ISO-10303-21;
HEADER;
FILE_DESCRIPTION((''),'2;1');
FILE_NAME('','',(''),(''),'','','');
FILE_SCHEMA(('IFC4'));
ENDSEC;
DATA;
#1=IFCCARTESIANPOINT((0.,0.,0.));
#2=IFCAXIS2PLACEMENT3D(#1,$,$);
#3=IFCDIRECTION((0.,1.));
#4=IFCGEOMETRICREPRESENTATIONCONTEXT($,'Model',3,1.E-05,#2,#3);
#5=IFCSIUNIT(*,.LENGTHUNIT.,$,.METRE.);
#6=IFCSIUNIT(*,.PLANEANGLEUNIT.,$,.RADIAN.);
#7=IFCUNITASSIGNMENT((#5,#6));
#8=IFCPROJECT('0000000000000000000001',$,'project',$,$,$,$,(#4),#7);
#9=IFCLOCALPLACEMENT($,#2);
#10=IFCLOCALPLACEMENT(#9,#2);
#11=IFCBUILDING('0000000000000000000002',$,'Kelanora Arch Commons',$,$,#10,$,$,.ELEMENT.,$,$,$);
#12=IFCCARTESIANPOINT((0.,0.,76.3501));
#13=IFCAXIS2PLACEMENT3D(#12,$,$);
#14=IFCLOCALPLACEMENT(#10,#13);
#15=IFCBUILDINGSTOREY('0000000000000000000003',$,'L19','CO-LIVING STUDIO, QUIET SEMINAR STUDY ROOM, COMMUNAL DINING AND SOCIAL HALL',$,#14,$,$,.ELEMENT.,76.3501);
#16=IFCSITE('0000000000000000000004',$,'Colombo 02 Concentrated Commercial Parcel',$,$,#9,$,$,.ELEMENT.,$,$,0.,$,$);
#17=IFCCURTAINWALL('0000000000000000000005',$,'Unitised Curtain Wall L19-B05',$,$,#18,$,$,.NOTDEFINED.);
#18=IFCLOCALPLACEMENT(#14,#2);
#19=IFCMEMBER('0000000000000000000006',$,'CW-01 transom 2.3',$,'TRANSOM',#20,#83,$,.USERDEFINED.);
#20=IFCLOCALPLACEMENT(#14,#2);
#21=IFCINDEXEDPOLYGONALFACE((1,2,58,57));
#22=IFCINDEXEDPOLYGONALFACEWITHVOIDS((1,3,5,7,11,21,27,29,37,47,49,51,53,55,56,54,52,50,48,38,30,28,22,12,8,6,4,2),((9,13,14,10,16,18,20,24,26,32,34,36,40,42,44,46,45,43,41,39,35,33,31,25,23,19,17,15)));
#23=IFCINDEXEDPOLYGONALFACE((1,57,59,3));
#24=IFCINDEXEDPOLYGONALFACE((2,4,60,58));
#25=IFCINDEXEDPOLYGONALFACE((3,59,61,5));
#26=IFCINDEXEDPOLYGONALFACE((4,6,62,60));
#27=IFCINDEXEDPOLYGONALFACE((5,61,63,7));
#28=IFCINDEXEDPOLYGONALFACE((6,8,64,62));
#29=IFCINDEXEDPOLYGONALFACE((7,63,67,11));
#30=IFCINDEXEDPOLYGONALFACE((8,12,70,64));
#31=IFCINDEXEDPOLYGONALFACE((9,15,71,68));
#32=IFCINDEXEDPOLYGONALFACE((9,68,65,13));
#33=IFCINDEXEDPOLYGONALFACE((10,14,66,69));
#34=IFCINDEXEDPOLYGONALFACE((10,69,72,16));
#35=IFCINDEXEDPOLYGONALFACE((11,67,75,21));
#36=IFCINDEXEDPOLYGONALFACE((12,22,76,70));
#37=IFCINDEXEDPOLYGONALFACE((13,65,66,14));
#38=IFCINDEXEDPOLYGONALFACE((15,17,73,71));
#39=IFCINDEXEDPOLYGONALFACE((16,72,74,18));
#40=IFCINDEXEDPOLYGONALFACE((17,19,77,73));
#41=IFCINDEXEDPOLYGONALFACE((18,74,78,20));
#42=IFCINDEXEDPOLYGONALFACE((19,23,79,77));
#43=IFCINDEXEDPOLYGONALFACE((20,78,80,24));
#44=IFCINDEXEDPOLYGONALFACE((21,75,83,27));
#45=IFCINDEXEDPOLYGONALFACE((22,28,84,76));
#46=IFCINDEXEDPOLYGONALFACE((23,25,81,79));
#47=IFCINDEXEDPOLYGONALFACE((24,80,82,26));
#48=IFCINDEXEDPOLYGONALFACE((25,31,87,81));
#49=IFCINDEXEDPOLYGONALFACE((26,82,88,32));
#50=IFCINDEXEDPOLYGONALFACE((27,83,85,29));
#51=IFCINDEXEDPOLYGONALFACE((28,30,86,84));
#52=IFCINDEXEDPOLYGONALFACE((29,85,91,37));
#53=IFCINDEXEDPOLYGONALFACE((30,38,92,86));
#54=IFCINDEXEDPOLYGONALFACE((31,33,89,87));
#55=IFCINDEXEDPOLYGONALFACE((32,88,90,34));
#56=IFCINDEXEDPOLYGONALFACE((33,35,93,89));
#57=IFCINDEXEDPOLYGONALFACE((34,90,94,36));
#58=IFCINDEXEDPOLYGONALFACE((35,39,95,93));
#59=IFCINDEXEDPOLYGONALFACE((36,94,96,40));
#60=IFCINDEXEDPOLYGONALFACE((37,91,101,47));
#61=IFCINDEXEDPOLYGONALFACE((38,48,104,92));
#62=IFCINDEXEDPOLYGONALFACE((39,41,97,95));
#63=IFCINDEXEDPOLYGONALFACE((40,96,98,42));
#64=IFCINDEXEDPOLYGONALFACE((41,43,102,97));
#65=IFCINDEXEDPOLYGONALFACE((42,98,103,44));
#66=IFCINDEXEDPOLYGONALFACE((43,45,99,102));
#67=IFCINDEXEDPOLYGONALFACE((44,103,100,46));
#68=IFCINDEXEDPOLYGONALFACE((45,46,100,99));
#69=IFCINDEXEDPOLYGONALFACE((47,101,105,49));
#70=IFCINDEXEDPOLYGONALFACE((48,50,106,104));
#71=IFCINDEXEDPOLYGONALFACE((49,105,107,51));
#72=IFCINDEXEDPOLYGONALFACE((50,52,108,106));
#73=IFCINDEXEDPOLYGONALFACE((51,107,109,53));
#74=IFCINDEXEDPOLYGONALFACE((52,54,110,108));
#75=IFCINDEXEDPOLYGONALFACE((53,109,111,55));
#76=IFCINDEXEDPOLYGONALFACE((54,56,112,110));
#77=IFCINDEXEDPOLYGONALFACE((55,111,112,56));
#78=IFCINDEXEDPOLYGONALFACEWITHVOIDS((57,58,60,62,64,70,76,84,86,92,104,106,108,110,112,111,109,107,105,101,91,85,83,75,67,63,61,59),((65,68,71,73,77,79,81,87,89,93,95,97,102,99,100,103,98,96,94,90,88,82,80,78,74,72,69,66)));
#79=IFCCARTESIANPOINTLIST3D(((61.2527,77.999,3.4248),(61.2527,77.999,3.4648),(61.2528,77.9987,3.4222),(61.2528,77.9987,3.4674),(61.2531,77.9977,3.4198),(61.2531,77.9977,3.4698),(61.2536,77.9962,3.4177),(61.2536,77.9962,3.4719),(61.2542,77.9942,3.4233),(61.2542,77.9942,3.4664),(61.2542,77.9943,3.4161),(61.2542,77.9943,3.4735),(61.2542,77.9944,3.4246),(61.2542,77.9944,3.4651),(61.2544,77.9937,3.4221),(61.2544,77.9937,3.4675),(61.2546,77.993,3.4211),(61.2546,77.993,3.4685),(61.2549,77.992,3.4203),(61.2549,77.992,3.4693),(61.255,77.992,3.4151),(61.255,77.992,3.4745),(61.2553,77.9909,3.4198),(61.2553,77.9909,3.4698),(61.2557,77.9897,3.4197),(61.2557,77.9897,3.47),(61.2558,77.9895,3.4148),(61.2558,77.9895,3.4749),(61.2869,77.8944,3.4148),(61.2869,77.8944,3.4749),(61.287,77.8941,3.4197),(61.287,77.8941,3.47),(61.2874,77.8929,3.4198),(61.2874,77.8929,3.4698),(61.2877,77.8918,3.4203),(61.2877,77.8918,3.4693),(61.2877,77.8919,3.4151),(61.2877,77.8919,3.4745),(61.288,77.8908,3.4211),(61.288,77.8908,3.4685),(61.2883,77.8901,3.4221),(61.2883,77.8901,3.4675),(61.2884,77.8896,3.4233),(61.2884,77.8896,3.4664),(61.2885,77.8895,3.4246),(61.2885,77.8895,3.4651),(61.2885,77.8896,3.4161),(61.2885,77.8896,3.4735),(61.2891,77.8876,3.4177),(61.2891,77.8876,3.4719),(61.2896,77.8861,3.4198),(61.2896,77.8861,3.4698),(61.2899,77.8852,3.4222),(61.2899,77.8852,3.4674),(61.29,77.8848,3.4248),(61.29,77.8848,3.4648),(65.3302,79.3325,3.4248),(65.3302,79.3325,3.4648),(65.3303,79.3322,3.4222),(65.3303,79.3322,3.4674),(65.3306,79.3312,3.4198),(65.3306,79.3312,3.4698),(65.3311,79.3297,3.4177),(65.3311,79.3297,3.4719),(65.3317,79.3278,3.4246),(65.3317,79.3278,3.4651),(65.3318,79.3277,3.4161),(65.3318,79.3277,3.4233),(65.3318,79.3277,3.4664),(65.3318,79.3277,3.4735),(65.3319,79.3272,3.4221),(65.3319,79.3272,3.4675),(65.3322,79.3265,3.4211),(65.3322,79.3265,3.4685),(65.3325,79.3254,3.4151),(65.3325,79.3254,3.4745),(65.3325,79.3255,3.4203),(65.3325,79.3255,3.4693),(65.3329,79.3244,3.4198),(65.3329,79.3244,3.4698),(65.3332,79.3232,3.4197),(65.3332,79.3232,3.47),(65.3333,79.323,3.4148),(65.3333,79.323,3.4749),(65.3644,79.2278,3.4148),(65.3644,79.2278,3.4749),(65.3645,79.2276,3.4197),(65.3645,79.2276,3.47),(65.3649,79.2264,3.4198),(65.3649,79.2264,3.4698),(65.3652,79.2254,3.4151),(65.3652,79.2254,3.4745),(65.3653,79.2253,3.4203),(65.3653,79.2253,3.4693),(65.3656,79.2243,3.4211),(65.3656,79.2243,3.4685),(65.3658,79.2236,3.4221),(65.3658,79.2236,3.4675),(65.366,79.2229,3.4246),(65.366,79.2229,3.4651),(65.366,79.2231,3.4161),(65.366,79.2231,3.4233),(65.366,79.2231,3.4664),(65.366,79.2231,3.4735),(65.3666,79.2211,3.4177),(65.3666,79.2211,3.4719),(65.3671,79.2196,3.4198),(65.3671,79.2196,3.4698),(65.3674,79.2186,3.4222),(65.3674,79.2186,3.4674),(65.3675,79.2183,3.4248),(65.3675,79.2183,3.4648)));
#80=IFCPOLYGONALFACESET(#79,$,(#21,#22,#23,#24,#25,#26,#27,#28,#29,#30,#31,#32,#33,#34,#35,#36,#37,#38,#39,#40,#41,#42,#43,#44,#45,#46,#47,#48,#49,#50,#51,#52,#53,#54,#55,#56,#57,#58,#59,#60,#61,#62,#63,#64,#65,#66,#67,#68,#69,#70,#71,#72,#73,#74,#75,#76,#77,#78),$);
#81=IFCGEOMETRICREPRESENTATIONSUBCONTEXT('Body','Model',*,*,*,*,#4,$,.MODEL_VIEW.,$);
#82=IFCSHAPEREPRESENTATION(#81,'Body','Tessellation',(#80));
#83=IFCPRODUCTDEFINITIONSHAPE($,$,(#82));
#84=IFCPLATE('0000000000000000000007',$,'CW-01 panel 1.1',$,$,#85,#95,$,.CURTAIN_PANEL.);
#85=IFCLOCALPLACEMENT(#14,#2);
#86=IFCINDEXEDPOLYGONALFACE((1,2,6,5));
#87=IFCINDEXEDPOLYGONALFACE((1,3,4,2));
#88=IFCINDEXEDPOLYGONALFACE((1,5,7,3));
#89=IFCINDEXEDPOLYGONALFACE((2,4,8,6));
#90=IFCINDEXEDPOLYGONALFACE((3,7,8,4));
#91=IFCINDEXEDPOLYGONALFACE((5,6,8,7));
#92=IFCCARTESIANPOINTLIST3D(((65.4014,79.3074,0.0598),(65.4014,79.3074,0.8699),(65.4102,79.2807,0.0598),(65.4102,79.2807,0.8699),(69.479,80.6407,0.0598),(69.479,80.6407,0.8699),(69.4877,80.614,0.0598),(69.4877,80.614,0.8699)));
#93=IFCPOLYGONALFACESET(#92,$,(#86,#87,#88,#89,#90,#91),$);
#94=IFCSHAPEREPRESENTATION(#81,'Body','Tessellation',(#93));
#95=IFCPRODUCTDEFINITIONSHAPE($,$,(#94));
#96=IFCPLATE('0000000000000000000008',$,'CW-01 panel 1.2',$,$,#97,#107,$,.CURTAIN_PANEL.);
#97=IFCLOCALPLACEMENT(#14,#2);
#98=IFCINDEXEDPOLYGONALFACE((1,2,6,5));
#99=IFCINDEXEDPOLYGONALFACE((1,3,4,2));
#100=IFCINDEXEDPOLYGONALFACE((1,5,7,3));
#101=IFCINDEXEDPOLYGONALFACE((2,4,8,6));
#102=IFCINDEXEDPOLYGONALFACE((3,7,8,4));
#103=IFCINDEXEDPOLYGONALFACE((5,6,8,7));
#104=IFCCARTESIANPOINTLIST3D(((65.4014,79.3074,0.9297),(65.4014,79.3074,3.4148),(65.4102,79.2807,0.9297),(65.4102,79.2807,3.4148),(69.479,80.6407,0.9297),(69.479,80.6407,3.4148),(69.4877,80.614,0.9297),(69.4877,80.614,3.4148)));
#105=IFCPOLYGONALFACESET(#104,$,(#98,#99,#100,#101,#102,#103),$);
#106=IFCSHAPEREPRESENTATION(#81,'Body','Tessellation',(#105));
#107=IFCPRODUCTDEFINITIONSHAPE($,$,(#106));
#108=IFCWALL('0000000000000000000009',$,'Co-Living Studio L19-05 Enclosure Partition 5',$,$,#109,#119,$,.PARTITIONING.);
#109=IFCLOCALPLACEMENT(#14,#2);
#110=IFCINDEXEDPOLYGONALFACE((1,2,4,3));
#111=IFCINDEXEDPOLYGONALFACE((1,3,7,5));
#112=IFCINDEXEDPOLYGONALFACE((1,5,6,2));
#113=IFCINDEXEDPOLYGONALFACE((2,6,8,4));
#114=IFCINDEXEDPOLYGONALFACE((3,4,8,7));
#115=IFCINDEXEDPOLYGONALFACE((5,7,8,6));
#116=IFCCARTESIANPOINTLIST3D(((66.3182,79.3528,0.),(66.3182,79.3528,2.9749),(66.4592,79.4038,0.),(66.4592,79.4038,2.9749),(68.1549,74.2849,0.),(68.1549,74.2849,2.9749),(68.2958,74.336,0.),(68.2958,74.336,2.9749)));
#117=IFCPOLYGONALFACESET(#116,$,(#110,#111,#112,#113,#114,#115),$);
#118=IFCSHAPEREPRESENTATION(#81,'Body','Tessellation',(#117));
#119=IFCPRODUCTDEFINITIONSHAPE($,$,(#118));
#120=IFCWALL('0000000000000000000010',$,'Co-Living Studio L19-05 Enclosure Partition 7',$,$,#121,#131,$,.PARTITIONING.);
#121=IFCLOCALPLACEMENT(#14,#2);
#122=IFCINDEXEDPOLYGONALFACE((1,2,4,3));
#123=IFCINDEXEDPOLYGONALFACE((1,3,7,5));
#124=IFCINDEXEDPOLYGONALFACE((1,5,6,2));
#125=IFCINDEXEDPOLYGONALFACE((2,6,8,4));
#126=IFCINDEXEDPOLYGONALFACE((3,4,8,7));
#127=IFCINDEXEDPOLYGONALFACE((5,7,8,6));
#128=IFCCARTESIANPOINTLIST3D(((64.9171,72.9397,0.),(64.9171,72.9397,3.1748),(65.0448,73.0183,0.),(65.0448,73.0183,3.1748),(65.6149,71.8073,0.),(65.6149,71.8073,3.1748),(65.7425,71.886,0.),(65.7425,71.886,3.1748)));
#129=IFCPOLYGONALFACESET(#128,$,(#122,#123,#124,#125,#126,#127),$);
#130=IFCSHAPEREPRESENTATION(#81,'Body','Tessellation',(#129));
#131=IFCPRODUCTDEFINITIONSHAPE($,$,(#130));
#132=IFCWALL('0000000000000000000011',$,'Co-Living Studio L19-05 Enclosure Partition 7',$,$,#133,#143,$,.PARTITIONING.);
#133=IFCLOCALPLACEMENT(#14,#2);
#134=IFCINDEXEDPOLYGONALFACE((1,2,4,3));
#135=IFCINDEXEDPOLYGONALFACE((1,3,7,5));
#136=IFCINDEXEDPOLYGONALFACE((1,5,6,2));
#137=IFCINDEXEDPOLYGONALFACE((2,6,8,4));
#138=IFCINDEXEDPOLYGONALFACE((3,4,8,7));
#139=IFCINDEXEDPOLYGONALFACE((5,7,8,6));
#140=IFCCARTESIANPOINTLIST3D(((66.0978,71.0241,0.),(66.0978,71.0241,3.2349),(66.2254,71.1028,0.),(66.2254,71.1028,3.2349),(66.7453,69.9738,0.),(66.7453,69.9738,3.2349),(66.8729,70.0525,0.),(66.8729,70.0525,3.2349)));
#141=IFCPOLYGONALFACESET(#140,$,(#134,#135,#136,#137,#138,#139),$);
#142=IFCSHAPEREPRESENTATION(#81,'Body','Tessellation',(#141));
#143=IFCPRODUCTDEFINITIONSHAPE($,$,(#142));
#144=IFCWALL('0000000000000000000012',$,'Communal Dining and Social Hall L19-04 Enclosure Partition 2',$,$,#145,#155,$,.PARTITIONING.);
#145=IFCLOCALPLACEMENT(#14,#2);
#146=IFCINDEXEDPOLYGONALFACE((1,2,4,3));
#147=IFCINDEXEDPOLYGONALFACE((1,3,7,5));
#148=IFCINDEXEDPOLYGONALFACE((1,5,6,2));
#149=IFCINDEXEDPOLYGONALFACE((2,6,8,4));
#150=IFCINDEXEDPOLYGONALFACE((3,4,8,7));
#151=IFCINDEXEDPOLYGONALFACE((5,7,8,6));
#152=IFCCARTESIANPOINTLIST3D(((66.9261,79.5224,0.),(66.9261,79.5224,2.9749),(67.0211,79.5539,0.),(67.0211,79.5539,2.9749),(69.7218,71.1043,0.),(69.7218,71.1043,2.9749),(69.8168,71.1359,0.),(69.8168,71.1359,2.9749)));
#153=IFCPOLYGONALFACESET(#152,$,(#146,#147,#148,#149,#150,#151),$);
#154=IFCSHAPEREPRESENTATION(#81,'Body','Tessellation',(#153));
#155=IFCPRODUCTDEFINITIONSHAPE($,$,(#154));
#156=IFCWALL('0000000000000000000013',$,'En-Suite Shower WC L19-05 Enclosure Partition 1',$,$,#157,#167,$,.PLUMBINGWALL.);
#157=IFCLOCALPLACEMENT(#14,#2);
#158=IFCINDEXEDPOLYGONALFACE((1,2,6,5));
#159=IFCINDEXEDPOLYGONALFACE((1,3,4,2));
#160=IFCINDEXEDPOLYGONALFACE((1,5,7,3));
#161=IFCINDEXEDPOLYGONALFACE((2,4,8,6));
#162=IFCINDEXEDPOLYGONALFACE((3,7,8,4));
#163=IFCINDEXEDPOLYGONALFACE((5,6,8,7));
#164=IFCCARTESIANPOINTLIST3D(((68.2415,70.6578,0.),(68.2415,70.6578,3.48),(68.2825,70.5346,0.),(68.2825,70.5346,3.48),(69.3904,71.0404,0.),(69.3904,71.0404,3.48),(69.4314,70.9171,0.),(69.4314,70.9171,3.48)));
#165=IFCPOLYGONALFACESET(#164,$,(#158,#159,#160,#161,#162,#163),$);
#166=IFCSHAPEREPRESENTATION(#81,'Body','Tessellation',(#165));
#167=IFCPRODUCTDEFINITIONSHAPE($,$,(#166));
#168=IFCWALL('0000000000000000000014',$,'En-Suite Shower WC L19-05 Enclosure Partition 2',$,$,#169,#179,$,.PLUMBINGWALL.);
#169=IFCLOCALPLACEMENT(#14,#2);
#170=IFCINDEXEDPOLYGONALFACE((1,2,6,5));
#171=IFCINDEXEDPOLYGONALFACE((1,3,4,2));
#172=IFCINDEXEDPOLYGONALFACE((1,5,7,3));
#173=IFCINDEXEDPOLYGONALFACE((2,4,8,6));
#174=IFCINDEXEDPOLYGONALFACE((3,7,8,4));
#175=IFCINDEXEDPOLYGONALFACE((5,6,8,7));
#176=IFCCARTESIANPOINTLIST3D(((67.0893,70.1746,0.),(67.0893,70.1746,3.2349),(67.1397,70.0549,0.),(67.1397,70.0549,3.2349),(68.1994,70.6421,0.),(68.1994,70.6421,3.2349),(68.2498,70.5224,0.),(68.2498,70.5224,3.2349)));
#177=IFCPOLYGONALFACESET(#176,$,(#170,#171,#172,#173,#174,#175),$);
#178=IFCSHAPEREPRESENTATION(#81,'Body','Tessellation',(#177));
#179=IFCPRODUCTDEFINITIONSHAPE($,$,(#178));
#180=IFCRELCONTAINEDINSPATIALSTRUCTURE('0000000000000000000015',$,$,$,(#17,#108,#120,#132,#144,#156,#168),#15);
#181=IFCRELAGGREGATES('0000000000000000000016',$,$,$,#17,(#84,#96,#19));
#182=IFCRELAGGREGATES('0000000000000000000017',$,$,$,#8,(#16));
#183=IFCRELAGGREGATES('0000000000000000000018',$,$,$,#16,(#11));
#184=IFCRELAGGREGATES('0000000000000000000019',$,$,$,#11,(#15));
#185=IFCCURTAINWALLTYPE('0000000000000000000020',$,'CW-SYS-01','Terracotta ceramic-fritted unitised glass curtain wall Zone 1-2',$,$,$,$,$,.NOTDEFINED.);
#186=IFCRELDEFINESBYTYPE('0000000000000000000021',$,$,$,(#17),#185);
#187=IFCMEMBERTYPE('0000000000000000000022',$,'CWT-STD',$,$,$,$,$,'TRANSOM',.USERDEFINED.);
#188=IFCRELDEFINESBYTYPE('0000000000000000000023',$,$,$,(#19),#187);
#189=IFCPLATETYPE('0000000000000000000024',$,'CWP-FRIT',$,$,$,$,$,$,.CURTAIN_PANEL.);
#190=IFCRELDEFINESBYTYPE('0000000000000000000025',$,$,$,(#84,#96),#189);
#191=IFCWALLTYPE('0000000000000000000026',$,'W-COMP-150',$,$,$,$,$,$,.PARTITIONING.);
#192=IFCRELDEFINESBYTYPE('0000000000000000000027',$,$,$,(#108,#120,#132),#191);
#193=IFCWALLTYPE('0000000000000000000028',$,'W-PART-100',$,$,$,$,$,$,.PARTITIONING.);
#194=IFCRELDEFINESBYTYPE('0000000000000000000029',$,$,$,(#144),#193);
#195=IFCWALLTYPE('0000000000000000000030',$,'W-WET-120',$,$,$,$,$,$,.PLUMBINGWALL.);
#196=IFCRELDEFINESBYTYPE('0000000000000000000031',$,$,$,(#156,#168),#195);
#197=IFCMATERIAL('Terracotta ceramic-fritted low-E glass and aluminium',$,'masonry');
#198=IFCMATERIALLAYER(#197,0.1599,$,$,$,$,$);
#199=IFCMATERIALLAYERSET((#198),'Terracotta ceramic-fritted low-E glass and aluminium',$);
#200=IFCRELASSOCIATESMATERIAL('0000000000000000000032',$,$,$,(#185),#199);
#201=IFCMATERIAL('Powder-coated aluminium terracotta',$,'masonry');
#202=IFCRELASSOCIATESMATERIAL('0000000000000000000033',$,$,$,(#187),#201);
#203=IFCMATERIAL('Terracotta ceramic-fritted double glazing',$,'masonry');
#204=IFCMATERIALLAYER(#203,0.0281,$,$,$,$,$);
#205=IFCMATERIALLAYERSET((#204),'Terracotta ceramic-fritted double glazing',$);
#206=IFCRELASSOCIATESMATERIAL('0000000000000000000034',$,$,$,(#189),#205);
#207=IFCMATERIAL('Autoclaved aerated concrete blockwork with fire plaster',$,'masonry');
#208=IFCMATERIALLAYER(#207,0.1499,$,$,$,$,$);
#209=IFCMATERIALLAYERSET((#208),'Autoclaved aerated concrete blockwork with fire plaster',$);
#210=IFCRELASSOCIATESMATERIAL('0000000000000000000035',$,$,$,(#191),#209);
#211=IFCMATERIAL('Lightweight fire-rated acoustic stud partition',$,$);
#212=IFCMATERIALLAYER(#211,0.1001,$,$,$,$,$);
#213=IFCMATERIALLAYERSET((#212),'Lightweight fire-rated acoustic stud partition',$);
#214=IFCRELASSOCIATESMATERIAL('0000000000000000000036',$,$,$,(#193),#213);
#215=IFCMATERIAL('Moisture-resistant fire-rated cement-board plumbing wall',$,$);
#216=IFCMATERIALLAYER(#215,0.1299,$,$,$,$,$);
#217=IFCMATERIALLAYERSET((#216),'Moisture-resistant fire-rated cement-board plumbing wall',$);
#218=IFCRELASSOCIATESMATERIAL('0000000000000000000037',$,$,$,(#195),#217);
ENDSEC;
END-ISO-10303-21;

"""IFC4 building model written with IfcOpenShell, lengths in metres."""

from ifc_helpers import new_model, si_unit, direction, frame, frame_2d, origin, origin_2d, place, context, subcontext, project, spatial, rectangle, hollow_rectangle, extrude, source, transform, mapped, material, layer, layer_set, material_profile, profile_set, type_object, element, aggregate, save


model = new_model("IFC4")

# Units and contexts
model_context = context("Model", 3, precision=1e-05, world=origin(), true_north=direction((0.0, 1.0)))
body_context = subcontext(model_context, "Body", "Model", "MODEL_VIEW")
ifc_project = project(units=[si_unit("LENGTHUNIT", "METRE"), si_unit("PLANEANGLEUNIT", "RADIAN")], contexts=[model_context])

# Site, building, storey
site_placement = place(None, origin())
site = spatial("IfcSite", under=ifc_project, at=site_placement, Name="Colombo 02 Concentrated Commercial Parcel", CompositionType="ELEMENT", RefElevation=0.0)
building_placement = place(site_placement, origin())
building = spatial("IfcBuilding", under=site, at=building_placement, Name="Kelanora Arch Commons", CompositionType="ELEMENT")
storey_placement = place(building_placement, frame((0.0, 0.0, 76.3501)))
storey = spatial("IfcBuildingStorey", under=building, at=storey_placement, Name="L19", Description="CO-LIVING STUDIO, QUIET SEMINAR STUDY ROOM, COMMUNAL DINING AND SOCIAL HALL", CompositionType="ELEMENT", Elevation=76.3501)

# Curtain wall, member, plates
ifc_material_1 = material(Name="Terracotta ceramic-fritted low-E glass and aluminium", Category="masonry")
ifc_layer_1 = layer(ifc_material_1, 0.1599)
ifc_layer_set_1 = layer_set([ifc_layer_1], Name="Terracotta ceramic-fritted low-E glass and aluminium")
curtain_wall_type = type_object("IfcCurtainWallType", Name="CW-SYS-01", Description="Terracotta ceramic-fritted unitised glass curtain wall Zone 1-2", PredefinedType="NOTDEFINED", material=ifc_layer_set_1)
curtain_wall_placement = place(storey_placement, origin())
curtain_wall = element("IfcCurtainWall", 1, at=curtain_wall_placement, inside=storey, type_object=curtain_wall_type, Name="Unitised Curtain Wall L19-B05", PredefinedType="NOTDEFINED")
ifc_material_2 = material(Name="Powder-coated aluminium terracotta", Category="masonry")
ifc_material_profile_1 = material_profile(ifc_material_2, hollow_rectangle(XDim=0.1201, YDim=0.0601, WallThickness=0.0049, InnerFilletRadius=0.0049, OuterFilletRadius=0.01, at=origin_2d()), Name="CWT120x60")
ifc_profile_set_1 = profile_set([ifc_material_profile_1], Name="Powder-coated aluminium terracotta")
member_type_1 = type_object("IfcMemberType", Name="CWT-STD", ElementType="TRANSOM", PredefinedType="USERDEFINED", material=ifc_profile_set_1)
member_1_placement = place(storey_placement, frame((65.3489, 79.2754, 3.4448), z_axis=(-0.950466, -0.310828, 0.0), x_axis=(0.310828, -0.950466, 0.0)))
member_1 = element("IfcMember", 2, at=member_1_placement, type_object=member_type_1, Name="CW-01 transom 2.3", ObjectType="TRANSOM", PredefinedType="USERDEFINED", context=body_context, shape_type="SweptSolid", body=[
    extrude(hollow_rectangle(XDim=0.1201, YDim=0.0601, WallThickness=0.0049, InnerFilletRadius=0.0049, OuterFilletRadius=0.01, at=origin_2d()), origin(), (0.0, 0.0, 1.0), 4.29),
])
ifc_material_3 = material(Name="Terracotta ceramic-fritted double glazing", Category="masonry")
ifc_layer_2 = layer(ifc_material_3, 0.0281)
ifc_layer_set_2 = layer_set([ifc_layer_2], Name="Terracotta ceramic-fritted double glazing")
plate_type = type_object("IfcPlateType", Name="CWP-FRIT", PredefinedType="CURTAIN_PANEL", material=ifc_layer_set_2)
shared_shape_1 = source(origin(), body_context, "Body", "SweptSolid", [
    extrude(rectangle(XDim=4.29, YDim=0.0281, at=origin_2d()), origin(), (0.0, 0.0, 1.0), 0.8101),
])
plate_1_placement = place(storey_placement, frame((67.4446, 79.9607, 0.0598), z_axis=(0.0, 0.0, 1.0), x_axis=(-0.950474, -0.310805, 0.0)))
plate_1 = element("IfcPlate", 3, at=plate_1_placement, type_object=plate_type, Name="CW-01 panel 1.1", PredefinedType="CURTAIN_PANEL", context=body_context, shape_type="MappedRepresentation", body=[
    mapped(shared_shape_1, transform((0.0, 0.0, 0.0), scale=1.0)),
])
shared_shape_2 = source(origin(), body_context, "Body", "SweptSolid", [
    extrude(rectangle(XDim=4.29, YDim=0.0281, at=origin_2d()), origin(), (0.0, 0.0, 1.0), 2.4851),
])
plate_2_placement = place(storey_placement, frame((67.4446, 79.9607, 0.9297), z_axis=(0.0, 0.0, 1.0), x_axis=(-0.950474, -0.310805, 0.0)))
plate_2 = element("IfcPlate", 4, at=plate_2_placement, type_object=plate_type, Name="CW-01 panel 1.2", PredefinedType="CURTAIN_PANEL", context=body_context, shape_type="MappedRepresentation", body=[
    mapped(shared_shape_2, transform((0.0, 0.0, 0.0), scale=1.0)),
])
aggregate(curtain_wall, [plate_1, plate_2, member_1])

# Walls
ifc_material_4 = material(Name="Autoclaved aerated concrete blockwork with fire plaster", Category="masonry")
ifc_layer_3 = layer(ifc_material_4, 0.1499)
ifc_layer_set_3 = layer_set([ifc_layer_3], Name="Autoclaved aerated concrete blockwork with fire plaster")
wall_type_1 = type_object("IfcWallType", Name="W-COMP-150", PredefinedType="PARTITIONING", material=ifc_layer_set_3)
wall_1_placement = place(storey_placement, frame((66.3887, 79.3784, 0.0), z_axis=(0.0, 0.0, 1.0), x_axis=(0.340728, -0.940162, 0.0)))
element("IfcWall", 5, at=wall_1_placement, inside=storey, type_object=wall_type_1, Name="Co-Living Studio L19-05 Enclosure Partition 5", PredefinedType="PARTITIONING", context=body_context, shape_type="SweptSolid", body=[
    extrude(rectangle(XDim=5.3904, YDim=0.1499, at=frame_2d((2.6953, 0.0))), origin(), (0.0, 0.0, 1.0), 2.9749),
])
wall_2_placement = place(storey_placement, frame((64.981, 72.979, 0.0), z_axis=(0.0, 0.0, 1.0), x_axis=(0.524609, -0.851343, 0.0)))
element("IfcWall", 6, at=wall_2_placement, inside=storey, type_object=wall_type_1, Name="Co-Living Studio L19-05 Enclosure Partition 7", PredefinedType="PARTITIONING", context=body_context, shape_type="SweptSolid", body=[
    extrude(rectangle(XDim=1.3301, YDim=0.1499, at=frame_2d((0.665, 0.0))), origin(), (0.0, 0.0, 1.0), 3.1748),
])
wall_3_placement = place(storey_placement, frame((66.1616, 71.0635, 0.0), z_axis=(0.0, 0.0, 1.0), x_axis=(0.52476, -0.85125, 0.0)))
element("IfcWall", 7, at=wall_3_placement, inside=storey, type_object=wall_type_1, Name="Co-Living Studio L19-05 Enclosure Partition 7", PredefinedType="PARTITIONING", context=body_context, shape_type="SweptSolid", body=[
    extrude(rectangle(XDim=1.2339, YDim=0.1499, at=frame_2d((0.6169, 0.0))), origin(), (0.0, 0.0, 1.0), 3.2349),
])
ifc_material_5 = material(Name="Lightweight fire-rated acoustic stud partition")
ifc_layer_4 = layer(ifc_material_5, 0.1001)
ifc_layer_set_4 = layer_set([ifc_layer_4], Name="Lightweight fire-rated acoustic stud partition")
wall_type_2 = type_object("IfcWallType", Name="W-PART-100", PredefinedType="PARTITIONING", material=ifc_layer_set_4)
wall_4_placement = place(storey_placement, frame((69.7693, 71.1201, 0.0), z_axis=(0.0, 0.0, 1.0), x_axis=(-0.315179, 0.949032, 0.0)))
element("IfcWall", 8, at=wall_4_placement, inside=storey, type_object=wall_type_2, Name="Communal Dining and Social Hall L19-04 Enclosure Partition 2", PredefinedType="PARTITIONING", context=body_context, shape_type="SweptSolid", body=[
    extrude(rectangle(XDim=8.8701, YDim=0.1001, at=frame_2d((4.4351, 0.0))), origin(), (0.0, 0.0, 1.0), 2.9749),
])
ifc_material_6 = material(Name="Moisture-resistant fire-rated cement-board plumbing wall")
ifc_layer_5 = layer(ifc_material_6, 0.1299)
ifc_layer_set_5 = layer_set([ifc_layer_5], Name="Moisture-resistant fire-rated cement-board plumbing wall")
wall_type_3 = type_object("IfcWallType", Name="W-WET-120", PredefinedType="PLUMBINGWALL", material=ifc_layer_set_5)
wall_5_placement = place(storey_placement, frame((69.4109, 70.9788, 0.0), z_axis=(0.0, 0.0, 1.0), x_axis=(-0.948784, -0.315925, 0.0)))
element("IfcWall", 9, at=wall_5_placement, inside=storey, type_object=wall_type_3, Name="En-Suite Shower WC L19-05 Enclosure Partition 1", PredefinedType="PLUMBINGWALL", context=body_context, shape_type="SweptSolid", body=[
    extrude(rectangle(XDim=1.2109, YDim=0.1299, at=frame_2d((0.6055, 0.0))), origin(), (0.0, 0.0, 1.0), 3.48),
])
wall_6_placement = place(storey_placement, frame((68.2246, 70.5823, 0.0), z_axis=(0.0, 0.0, 1.0), x_axis=(-0.921601, -0.388139, 0.0)))
element("IfcWall", 10, at=wall_6_placement, inside=storey, type_object=wall_type_3, Name="En-Suite Shower WC L19-05 Enclosure Partition 2", PredefinedType="PLUMBINGWALL", context=body_context, shape_type="SweptSolid", body=[
    extrude(rectangle(XDim=1.2046, YDim=0.1299, at=frame_2d((0.6023, 0.0))), origin(), (0.0, 0.0, 1.0), 3.2349),
])

save(model, "model.ifc")
